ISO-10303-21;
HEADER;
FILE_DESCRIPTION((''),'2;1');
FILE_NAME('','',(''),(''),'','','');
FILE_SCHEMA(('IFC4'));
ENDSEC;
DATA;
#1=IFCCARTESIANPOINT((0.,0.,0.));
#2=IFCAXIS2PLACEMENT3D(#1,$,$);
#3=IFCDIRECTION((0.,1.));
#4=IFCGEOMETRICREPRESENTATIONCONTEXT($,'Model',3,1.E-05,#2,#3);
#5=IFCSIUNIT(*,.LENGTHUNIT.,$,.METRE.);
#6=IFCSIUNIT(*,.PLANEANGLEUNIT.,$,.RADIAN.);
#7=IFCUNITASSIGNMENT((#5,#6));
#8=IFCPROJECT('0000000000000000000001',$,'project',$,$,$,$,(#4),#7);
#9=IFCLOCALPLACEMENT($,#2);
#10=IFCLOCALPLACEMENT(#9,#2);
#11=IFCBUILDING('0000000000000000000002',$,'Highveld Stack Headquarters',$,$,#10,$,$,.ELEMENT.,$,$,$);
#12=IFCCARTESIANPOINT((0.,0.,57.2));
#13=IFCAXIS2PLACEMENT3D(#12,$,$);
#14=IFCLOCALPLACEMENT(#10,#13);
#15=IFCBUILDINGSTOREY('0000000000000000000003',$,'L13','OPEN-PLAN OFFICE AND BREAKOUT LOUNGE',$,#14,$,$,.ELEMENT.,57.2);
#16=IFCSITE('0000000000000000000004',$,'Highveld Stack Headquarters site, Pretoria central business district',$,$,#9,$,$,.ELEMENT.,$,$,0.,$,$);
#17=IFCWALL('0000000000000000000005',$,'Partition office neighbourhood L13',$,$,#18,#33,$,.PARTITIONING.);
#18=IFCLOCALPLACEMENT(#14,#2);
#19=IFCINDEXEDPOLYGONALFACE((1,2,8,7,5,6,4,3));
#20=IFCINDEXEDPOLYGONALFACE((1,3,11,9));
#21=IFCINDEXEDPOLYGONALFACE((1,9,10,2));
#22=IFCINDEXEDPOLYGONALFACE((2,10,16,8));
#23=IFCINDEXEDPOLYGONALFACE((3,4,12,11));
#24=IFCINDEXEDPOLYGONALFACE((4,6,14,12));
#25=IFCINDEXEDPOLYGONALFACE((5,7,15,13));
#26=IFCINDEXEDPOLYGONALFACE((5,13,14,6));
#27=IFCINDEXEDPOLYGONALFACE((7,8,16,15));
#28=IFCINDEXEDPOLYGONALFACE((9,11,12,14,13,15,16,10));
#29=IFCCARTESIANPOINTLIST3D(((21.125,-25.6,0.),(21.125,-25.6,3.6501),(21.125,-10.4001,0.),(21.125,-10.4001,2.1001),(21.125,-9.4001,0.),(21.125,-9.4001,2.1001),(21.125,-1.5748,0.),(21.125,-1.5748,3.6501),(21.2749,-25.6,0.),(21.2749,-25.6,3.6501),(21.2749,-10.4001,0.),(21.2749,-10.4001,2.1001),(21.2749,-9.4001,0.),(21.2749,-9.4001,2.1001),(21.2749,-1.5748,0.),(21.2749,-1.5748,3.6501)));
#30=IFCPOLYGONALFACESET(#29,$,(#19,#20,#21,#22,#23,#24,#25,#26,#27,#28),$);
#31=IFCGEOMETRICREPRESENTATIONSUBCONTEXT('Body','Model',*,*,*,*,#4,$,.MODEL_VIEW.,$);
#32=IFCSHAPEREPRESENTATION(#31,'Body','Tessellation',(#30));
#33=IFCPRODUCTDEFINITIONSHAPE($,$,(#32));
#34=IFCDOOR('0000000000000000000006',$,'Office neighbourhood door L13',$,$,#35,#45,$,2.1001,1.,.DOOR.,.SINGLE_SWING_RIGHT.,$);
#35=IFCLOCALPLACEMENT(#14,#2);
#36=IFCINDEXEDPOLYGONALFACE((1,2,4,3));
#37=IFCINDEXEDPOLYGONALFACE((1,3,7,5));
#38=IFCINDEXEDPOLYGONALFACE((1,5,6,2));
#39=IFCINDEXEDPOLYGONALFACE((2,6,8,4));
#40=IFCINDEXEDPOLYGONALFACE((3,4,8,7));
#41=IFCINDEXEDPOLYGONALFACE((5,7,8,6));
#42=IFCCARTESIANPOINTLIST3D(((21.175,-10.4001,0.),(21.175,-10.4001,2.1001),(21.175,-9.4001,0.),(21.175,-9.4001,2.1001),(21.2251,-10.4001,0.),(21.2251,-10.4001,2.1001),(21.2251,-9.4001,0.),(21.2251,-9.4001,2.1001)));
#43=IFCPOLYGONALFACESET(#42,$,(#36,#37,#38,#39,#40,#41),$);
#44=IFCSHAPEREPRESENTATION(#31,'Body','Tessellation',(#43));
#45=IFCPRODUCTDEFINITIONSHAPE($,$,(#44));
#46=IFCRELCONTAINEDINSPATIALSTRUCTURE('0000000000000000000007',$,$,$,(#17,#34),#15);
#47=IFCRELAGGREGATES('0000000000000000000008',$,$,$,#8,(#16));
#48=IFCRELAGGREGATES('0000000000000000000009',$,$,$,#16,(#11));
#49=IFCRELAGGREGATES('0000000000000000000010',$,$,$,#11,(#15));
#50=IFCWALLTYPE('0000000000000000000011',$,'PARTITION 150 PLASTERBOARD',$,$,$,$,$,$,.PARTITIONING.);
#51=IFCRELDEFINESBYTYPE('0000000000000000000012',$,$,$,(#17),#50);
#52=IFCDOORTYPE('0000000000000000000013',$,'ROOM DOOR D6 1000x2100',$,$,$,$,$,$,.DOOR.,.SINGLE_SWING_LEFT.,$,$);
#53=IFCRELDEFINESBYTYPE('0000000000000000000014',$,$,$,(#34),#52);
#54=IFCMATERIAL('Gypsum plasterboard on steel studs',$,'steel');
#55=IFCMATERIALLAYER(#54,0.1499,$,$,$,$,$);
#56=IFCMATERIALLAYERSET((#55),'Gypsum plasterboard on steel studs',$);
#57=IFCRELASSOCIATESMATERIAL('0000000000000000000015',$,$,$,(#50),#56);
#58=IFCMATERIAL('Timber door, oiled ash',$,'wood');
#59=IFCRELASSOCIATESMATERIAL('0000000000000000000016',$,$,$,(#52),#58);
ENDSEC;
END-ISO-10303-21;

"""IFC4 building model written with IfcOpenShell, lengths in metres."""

from ifc_helpers import new_model, si_unit, direction, frame, frame_2d, origin, place, context, subcontext, project, spatial, rectangle, extrude, material, layer, layer_set, type_object, element, fill, save


model = new_model("IFC4")

# Units and contexts
model_context = context("Model", 3, precision=1e-05, world=origin(), true_north=direction((0.0, 1.0)))
body_context = subcontext(model_context, "Body", "Model", "MODEL_VIEW")
ifc_project = project(units=[si_unit("LENGTHUNIT", "METRE"), si_unit("PLANEANGLEUNIT", "RADIAN")], contexts=[model_context])

# Site, building, storey
site_placement = place(None, origin())
site = spatial("IfcSite", under=ifc_project, at=site_placement, Name="Highveld Stack Headquarters site, Pretoria central business district", CompositionType="ELEMENT", RefElevation=0.0)
building_placement = place(site_placement, origin())
building = spatial("IfcBuilding", under=site, at=building_placement, Name="Highveld Stack Headquarters", CompositionType="ELEMENT")
storey_placement = place(building_placement, frame((0.0, 0.0, 57.2)))
storey = spatial("IfcBuildingStorey", under=building, at=storey_placement, Name="L13", Description="OPEN-PLAN OFFICE AND BREAKOUT LOUNGE", CompositionType="ELEMENT", Elevation=57.2)

# Shared definitions
ifc_material_1 = material(Name="Gypsum plasterboard on steel studs", Category="steel")
ifc_layer_1 = layer(ifc_material_1, 0.1499)
ifc_layer_set_1 = layer_set([ifc_layer_1], Name="Gypsum plasterboard on steel studs")
wall_type = type_object("IfcWallType", Name="PARTITION 150 PLASTERBOARD", PredefinedType="PARTITIONING", material=ifc_layer_set_1)

# Wall, opening, door
ifc_material_2 = material(Name="Timber door, oiled ash", Category="wood")
door_type = type_object("IfcDoorType", Name="ROOM DOOR D6 1000x2100", OperationType="SINGLE_SWING_LEFT", PredefinedType="DOOR", material=ifc_material_2)
wall_1_placement = place(storey_placement, frame((21.2, -25.6001, 0.0), z_axis=(0.0, 0.0, 1.0), x_axis=(0.0, 1.0, 0.0)))
wall_1 = element("IfcWall", 1, at=wall_1_placement, inside=storey, type_object=wall_type, Name="Partition office neighbourhood L13", PredefinedType="PARTITIONING", context=body_context, shape_type="SweptSolid", body=[
    extrude(rectangle(XDim=24.0251, YDim=0.1499, at=frame_2d((12.0127, 0.0))), origin(), (0.0, 0.0, 1.0), 3.6501),
])
opening_1_placement = place(wall_1_placement, frame((15.2, 0.0, 0.0)))
opening_1 = element("IfcOpeningElement", 2, at=opening_1_placement, cuts=wall_1, PredefinedType="OPENING", context=body_context, shape_type="SweptSolid", body=[
    extrude(rectangle(XDim=1.0, YDim=2.1001, at=frame_2d((0.5, 1.05))), frame((0.0, 0.085, 0.0), z_axis=(0.0, -1.0, 0.0), x_axis=(1.0, 0.0, 0.0)), (0.0, 0.0, 1.0), 0.1699),
])
door_1_placement = place(opening_1_placement, origin())
door_1 = element("IfcDoor", 3, at=door_1_placement, inside=storey, type_object=door_type, Name="Office neighbourhood door L13", OperationType="SINGLE_SWING_RIGHT", OverallHeight=2.1001, OverallWidth=1.0, PredefinedType="DOOR", context=body_context, shape_type="SweptSolid", body=[
    extrude(rectangle(XDim=1.0, YDim=2.1001, at=frame_2d((0.5, 1.05))), frame((0.0, 0.0249, 0.0), z_axis=(0.0, -1.0, 0.0), x_axis=(1.0, 0.0, 0.0)), (0.0, 0.0, 1.0), 0.05),
])
fill(opening_1, door_1)

save(model, "model.ifc")
